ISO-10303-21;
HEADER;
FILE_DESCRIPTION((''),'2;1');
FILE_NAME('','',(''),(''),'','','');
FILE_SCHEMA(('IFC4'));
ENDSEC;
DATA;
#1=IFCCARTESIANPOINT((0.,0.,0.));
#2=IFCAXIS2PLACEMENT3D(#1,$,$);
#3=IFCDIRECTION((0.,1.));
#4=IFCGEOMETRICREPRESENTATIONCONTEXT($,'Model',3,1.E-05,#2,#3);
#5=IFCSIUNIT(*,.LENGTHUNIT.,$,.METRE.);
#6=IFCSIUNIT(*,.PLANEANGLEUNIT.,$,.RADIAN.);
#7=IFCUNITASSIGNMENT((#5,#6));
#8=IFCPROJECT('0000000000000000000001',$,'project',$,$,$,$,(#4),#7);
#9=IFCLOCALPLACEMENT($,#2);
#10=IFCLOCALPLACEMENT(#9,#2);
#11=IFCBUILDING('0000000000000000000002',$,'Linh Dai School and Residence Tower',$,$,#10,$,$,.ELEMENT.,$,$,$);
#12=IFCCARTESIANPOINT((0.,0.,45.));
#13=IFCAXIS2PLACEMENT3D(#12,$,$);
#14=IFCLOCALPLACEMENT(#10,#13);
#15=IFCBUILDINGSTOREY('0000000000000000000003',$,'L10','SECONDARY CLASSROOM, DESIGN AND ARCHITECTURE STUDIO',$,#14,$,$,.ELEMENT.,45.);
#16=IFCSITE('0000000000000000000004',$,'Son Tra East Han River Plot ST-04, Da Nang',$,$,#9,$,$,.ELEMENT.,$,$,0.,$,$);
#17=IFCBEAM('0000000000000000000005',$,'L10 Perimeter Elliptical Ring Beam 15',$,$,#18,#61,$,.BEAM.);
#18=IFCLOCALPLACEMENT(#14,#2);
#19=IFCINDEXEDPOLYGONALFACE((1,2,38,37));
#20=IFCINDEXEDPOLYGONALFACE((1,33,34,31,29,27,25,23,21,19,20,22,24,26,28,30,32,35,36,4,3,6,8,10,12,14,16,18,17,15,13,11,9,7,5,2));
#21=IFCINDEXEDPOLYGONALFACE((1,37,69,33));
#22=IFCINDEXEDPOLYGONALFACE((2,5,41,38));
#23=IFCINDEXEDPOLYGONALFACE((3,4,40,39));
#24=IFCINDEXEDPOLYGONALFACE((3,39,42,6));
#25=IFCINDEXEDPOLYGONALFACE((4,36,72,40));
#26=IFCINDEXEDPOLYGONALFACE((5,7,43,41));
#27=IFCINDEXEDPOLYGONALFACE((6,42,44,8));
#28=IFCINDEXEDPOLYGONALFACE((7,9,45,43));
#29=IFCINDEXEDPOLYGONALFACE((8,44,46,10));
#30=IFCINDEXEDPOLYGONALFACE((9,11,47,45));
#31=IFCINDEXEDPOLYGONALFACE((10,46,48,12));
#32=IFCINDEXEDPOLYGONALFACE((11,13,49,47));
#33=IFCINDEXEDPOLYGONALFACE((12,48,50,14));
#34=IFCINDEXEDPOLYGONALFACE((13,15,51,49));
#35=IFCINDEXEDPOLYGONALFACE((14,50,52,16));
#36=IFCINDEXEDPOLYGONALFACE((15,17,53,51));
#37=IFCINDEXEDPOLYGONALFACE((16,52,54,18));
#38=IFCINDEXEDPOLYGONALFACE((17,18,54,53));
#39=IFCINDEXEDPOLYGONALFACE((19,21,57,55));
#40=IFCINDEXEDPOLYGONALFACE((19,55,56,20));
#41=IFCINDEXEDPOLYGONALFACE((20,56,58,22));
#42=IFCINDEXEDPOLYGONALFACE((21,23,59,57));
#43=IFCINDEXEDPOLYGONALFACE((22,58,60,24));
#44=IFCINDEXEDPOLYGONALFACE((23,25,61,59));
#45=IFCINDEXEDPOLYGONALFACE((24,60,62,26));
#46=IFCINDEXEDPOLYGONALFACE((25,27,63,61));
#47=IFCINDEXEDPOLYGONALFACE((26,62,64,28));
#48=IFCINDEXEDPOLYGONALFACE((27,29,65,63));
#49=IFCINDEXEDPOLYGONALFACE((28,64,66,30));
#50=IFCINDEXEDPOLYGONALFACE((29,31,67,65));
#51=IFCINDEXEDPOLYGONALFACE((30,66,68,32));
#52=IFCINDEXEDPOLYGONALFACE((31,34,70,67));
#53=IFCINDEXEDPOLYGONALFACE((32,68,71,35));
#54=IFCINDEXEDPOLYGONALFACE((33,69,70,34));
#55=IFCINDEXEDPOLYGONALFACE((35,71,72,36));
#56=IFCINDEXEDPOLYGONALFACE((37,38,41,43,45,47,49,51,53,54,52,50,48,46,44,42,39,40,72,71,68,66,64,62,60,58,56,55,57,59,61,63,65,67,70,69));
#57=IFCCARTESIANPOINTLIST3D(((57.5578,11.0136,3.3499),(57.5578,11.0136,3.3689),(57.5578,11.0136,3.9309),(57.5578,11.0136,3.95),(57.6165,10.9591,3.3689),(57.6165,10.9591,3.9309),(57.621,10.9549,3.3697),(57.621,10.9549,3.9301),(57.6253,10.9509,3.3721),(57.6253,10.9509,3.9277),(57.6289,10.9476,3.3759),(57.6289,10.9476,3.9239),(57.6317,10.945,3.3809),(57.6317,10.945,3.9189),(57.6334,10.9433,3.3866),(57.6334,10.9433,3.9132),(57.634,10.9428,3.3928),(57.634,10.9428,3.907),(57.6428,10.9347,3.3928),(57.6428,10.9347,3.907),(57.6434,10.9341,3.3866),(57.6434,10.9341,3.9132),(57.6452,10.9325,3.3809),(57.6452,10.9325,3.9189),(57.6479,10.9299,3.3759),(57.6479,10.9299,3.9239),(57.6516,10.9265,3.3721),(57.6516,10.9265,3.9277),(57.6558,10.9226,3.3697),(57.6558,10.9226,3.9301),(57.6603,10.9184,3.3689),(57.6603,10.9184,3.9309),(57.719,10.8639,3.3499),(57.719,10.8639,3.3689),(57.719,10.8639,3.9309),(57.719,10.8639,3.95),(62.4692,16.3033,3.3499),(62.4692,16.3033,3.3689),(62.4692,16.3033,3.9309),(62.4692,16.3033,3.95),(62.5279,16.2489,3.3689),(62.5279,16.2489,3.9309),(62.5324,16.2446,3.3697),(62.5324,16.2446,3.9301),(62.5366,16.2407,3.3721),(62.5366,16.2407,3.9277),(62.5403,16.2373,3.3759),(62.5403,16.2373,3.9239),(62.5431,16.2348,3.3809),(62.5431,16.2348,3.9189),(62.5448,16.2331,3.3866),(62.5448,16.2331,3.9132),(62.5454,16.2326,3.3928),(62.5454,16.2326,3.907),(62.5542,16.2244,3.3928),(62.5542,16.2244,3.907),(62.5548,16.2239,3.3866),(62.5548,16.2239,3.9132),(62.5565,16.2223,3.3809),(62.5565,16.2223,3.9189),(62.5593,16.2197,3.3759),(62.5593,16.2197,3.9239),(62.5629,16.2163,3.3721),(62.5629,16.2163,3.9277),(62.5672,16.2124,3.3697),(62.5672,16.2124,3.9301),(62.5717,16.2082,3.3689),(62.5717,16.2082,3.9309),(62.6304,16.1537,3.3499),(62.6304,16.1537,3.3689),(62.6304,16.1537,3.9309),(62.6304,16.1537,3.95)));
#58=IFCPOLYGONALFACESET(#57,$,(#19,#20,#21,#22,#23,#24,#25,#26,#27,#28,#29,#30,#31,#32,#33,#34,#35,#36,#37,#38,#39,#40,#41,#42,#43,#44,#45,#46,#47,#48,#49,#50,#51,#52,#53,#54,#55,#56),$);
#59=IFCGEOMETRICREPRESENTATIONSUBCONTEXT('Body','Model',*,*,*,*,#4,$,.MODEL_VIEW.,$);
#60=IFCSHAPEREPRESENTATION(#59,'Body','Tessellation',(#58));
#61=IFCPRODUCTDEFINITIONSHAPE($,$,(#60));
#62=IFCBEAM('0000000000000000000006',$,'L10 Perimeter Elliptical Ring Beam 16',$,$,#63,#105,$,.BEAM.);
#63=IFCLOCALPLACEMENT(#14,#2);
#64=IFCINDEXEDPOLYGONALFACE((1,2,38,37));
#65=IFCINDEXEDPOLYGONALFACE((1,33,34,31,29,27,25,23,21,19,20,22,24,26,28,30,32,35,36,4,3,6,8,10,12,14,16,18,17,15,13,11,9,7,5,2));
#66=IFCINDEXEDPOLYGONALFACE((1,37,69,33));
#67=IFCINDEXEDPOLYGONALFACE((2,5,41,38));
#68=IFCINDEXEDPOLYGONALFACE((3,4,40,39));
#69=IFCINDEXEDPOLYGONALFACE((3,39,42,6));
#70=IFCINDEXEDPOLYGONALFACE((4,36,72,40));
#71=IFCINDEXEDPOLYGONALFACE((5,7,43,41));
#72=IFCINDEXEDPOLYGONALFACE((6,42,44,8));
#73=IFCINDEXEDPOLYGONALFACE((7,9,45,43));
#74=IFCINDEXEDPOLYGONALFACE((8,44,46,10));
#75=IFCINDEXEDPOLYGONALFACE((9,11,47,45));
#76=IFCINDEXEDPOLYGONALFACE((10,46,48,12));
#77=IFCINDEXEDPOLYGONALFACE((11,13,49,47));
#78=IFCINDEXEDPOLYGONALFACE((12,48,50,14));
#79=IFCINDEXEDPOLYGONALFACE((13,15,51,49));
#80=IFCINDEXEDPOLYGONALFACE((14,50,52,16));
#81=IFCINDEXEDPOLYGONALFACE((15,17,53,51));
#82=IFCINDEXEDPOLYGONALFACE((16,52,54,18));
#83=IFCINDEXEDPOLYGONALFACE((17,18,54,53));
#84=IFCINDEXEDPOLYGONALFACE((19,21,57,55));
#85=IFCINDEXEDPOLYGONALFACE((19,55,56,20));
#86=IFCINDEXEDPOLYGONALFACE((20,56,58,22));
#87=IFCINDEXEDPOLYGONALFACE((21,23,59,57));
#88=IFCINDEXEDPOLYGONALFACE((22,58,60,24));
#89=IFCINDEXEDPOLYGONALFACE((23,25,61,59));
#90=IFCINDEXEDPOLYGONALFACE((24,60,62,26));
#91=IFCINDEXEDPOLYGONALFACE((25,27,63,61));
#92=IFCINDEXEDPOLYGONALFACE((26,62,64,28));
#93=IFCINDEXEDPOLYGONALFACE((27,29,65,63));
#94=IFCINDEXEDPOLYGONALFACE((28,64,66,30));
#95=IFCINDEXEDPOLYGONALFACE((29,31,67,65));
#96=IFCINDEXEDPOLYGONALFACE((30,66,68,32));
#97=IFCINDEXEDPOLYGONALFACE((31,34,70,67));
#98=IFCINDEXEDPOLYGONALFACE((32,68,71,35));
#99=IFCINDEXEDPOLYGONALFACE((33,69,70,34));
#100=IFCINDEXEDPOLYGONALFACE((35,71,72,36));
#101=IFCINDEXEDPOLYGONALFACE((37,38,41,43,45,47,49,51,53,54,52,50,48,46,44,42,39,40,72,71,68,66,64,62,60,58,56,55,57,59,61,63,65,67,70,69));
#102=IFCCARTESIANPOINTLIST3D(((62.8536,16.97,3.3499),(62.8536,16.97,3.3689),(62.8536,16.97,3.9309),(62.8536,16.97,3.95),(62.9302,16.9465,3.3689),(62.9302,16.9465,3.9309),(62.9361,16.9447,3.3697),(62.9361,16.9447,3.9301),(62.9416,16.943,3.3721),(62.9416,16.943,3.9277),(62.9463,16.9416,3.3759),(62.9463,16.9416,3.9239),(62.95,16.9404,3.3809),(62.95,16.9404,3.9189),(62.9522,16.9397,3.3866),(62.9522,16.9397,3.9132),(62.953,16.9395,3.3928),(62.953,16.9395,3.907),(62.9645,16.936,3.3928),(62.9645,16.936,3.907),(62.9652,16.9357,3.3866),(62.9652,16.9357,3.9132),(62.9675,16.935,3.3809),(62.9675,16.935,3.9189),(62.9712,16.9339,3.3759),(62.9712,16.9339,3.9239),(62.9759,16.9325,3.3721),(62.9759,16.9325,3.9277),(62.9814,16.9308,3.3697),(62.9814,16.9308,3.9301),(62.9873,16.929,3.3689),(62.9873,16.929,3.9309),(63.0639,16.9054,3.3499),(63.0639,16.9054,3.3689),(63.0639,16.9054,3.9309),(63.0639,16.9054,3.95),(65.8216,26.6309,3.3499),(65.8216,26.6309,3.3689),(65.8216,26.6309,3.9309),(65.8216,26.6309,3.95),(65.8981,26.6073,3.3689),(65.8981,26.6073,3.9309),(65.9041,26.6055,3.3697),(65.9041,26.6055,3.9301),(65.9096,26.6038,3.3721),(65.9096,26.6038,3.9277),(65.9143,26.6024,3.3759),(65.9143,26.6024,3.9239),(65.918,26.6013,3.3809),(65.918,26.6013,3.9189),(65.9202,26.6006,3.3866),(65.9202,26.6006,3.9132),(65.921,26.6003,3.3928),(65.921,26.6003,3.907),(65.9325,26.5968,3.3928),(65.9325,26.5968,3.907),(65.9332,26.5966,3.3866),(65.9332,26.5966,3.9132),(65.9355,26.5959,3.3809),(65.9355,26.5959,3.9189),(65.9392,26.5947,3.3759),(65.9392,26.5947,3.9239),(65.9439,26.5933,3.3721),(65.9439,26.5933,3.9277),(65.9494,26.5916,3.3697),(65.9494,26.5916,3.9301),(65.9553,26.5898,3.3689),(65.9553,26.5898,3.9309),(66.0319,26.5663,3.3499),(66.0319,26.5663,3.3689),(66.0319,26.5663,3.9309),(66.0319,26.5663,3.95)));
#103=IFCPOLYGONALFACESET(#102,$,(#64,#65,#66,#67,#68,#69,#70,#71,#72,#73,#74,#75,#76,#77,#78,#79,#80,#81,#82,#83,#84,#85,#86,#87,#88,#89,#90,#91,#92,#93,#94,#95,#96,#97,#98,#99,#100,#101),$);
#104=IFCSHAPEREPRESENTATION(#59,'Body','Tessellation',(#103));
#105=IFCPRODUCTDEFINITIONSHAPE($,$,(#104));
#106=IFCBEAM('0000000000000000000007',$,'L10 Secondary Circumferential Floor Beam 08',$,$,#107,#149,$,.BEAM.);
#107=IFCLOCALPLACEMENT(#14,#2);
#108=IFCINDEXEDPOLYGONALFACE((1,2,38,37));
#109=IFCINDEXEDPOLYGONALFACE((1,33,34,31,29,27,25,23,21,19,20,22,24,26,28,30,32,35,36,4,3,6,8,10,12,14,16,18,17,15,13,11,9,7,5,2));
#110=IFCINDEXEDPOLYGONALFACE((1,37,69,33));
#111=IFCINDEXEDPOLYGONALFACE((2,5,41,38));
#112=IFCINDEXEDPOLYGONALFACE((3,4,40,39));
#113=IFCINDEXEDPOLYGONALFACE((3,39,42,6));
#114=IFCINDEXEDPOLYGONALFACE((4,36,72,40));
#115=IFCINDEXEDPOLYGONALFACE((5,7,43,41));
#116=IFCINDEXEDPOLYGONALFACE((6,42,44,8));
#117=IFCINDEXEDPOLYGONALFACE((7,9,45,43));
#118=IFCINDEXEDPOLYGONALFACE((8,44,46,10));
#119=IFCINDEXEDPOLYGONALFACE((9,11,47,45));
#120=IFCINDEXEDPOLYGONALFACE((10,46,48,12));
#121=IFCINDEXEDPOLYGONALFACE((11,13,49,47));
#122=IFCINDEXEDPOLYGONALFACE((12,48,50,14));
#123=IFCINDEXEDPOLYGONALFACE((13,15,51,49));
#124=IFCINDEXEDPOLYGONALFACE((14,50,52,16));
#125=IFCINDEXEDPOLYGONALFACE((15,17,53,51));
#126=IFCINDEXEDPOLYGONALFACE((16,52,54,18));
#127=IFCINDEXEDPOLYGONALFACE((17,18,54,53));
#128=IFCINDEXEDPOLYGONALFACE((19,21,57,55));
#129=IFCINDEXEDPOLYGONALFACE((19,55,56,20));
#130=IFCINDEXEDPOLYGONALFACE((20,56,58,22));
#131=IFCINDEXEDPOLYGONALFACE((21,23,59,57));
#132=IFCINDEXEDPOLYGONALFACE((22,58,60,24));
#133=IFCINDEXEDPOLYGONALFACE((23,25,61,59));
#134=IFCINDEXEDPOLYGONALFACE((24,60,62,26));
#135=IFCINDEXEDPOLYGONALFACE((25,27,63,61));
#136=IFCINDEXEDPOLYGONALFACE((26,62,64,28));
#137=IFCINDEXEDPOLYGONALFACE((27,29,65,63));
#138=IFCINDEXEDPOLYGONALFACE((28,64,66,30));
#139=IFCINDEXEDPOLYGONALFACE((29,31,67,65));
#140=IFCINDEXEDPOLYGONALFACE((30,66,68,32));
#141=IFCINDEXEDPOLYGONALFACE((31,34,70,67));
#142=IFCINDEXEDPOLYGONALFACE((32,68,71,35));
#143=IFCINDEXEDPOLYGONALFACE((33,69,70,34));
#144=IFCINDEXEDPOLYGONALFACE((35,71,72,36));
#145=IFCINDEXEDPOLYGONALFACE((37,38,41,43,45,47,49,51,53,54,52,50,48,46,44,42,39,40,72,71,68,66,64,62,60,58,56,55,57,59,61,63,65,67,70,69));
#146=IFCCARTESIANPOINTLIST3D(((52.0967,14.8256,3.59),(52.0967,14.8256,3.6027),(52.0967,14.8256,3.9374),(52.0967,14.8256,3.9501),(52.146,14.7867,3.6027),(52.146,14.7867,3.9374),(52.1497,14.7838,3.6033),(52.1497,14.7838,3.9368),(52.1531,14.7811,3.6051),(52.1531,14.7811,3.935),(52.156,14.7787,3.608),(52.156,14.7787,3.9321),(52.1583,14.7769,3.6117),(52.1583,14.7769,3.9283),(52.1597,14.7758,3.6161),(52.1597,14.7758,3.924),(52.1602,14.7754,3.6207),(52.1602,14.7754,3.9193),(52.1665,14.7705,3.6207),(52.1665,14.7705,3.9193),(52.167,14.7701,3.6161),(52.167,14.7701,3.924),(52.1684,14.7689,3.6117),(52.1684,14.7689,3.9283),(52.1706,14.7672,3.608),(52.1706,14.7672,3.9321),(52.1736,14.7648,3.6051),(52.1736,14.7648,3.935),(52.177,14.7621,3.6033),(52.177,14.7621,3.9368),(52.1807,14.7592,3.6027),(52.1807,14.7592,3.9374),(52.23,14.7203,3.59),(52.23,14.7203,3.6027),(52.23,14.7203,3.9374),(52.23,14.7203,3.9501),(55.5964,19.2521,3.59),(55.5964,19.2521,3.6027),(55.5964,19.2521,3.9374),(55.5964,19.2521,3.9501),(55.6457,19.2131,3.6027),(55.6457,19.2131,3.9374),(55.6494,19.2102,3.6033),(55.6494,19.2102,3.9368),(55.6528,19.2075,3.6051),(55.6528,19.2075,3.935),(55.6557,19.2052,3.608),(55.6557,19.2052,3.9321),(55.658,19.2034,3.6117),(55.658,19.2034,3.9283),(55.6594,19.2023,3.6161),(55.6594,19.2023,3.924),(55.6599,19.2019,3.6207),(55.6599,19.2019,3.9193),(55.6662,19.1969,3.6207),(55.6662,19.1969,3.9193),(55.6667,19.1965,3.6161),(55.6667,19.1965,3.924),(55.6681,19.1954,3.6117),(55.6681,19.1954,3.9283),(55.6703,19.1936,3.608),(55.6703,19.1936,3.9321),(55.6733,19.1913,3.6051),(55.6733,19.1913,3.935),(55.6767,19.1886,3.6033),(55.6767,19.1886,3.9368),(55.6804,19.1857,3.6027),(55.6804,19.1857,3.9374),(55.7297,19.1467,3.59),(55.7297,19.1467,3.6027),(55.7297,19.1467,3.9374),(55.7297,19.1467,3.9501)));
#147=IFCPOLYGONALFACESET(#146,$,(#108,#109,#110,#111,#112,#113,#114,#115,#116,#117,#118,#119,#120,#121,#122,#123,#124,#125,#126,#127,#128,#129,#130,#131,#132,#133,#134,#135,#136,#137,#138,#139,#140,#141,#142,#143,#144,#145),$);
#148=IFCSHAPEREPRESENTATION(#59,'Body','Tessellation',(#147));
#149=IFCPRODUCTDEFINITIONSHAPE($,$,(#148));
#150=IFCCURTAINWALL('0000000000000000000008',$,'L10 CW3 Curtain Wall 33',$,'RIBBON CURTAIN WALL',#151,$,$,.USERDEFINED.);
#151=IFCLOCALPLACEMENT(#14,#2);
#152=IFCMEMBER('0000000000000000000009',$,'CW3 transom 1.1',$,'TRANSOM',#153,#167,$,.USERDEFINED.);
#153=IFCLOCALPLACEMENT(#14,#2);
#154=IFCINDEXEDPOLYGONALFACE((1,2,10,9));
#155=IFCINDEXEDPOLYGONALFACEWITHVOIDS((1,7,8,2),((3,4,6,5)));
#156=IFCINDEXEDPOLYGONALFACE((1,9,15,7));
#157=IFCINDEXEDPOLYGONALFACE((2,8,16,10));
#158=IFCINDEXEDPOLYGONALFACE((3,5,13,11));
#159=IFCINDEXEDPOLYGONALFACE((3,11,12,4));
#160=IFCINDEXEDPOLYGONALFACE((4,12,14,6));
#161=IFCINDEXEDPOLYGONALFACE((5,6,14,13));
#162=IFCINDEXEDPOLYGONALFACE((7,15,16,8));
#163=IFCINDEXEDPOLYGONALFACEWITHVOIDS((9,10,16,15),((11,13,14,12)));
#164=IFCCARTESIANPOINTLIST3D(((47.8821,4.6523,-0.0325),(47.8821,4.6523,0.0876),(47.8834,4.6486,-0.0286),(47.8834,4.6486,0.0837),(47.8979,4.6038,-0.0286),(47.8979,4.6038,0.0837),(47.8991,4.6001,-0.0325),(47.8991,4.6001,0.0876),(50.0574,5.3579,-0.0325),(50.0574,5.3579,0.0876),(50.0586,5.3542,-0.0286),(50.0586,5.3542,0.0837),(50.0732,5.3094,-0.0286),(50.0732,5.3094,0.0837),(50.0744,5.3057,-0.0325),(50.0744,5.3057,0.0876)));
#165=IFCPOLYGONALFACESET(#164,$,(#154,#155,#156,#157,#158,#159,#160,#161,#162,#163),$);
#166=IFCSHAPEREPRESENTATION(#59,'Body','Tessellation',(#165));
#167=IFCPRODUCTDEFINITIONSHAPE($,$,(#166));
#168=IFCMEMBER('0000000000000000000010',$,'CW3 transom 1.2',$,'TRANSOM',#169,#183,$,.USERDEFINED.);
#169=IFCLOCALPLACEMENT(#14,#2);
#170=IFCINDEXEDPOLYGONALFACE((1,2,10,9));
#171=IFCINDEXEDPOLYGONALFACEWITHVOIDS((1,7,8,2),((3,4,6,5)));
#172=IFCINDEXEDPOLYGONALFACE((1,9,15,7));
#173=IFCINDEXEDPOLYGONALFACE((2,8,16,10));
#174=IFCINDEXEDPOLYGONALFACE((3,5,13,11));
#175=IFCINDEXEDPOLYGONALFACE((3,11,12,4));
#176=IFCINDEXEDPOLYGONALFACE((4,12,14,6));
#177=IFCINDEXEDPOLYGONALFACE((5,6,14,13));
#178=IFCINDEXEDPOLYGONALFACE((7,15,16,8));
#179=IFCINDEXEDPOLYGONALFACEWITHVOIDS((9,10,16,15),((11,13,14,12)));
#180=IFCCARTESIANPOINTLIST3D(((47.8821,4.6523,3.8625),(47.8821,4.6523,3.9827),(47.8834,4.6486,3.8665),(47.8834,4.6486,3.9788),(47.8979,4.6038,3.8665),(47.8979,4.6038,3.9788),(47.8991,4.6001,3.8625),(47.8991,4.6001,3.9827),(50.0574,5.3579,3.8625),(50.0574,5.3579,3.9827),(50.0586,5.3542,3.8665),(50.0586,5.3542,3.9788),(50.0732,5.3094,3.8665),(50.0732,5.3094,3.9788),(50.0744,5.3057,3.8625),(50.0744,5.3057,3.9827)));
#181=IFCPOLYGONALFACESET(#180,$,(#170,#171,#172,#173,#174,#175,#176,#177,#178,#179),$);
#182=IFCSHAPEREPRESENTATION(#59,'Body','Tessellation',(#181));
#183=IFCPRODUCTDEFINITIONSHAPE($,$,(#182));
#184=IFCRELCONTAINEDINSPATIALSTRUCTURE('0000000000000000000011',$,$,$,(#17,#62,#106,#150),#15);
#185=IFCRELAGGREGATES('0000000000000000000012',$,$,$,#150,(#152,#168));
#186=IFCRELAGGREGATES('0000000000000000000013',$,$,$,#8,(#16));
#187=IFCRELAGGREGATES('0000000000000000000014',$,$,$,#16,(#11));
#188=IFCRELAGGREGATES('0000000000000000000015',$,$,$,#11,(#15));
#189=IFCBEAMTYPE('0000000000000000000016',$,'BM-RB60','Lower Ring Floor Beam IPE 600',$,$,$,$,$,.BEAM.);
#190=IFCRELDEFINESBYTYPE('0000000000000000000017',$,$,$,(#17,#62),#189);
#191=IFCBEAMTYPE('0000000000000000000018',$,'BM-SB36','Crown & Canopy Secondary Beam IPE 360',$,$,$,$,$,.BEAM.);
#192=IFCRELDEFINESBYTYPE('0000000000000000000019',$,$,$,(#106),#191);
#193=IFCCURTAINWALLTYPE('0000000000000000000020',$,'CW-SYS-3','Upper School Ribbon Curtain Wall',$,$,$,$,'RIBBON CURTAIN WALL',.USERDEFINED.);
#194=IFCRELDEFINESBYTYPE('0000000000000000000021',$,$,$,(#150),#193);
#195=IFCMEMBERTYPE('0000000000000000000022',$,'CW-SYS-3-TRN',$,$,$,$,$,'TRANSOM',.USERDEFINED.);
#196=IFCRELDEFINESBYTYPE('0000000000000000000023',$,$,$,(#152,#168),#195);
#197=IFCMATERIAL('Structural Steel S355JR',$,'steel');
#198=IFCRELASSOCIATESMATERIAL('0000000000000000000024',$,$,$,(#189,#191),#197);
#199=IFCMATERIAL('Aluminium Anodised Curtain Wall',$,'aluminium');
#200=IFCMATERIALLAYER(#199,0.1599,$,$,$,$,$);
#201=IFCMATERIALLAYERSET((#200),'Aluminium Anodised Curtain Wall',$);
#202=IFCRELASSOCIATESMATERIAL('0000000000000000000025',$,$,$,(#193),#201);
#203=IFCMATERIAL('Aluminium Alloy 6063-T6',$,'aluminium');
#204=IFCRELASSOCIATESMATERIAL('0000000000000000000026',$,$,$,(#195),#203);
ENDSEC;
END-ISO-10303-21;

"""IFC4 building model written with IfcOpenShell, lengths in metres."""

from ifc_helpers import new_model, si_unit, direction, frame, origin, origin_2d, place, context, subcontext, project, spatial, hollow_rectangle, i_section, extrude, source, transform, mapped, material, layer, layer_set, material_profile, profile_set, type_object, element, aggregate, save


model = new_model("IFC4")

# Units and contexts
model_context = context("Model", 3, precision=1e-05, world=origin(), true_north=direction((0.0, 1.0)))
body_context = subcontext(model_context, "Body", "Model", "MODEL_VIEW")
ifc_project = project(units=[si_unit("LENGTHUNIT", "METRE"), si_unit("PLANEANGLEUNIT", "RADIAN")], contexts=[model_context])

# Site, building, storey
site_placement = place(None, origin())
site = spatial("IfcSite", under=ifc_project, at=site_placement, Name="Son Tra East Han River Plot ST-04, Da Nang", CompositionType="ELEMENT", RefElevation=0.0)
building_placement = place(site_placement, origin())
building = spatial("IfcBuilding", under=site, at=building_placement, Name="Linh Dai School and Residence Tower", CompositionType="ELEMENT")
storey_placement = place(building_placement, frame((0.0, 0.0, 45.0)))
storey = spatial("IfcBuildingStorey", under=building, at=storey_placement, Name="L10", Description="SECONDARY CLASSROOM, DESIGN AND ARCHITECTURE STUDIO", CompositionType="ELEMENT", Elevation=45.0)

# Shared definitions
ifc_material_1 = material(Name="Structural Steel S355JR", Category="steel")

# Beams
ifc_material_profile_1 = material_profile(ifc_material_1, i_section(OverallWidth=0.22, OverallDepth=0.6001, WebThickness=0.012, FlangeThickness=0.019, FilletRadius=0.0239, at=origin_2d()), Name="IPE 600")
ifc_profile_set_1 = profile_set([ifc_material_profile_1], Name="Structural Steel S355JR")
beam_type_1 = type_object("IfcBeamType", Name="BM-RB60", Description="Lower Ring Floor Beam IPE 600", PredefinedType="BEAM", material=ifc_profile_set_1)
beam_1_placement = place(storey_placement, frame((57.6384, 10.9387, 3.6499), z_axis=(0.680408, 0.732833, 0.0), x_axis=(-0.732833, 0.680408, 0.0)))
element("IfcBeam", 1, at=beam_1_placement, inside=storey, type_object=beam_type_1, Name="L10 Perimeter Elliptical Ring Beam 15", PredefinedType="BEAM", context=body_context, shape_type="SweptSolid", body=[
    extrude(i_section(OverallWidth=0.22, OverallDepth=0.6001, WebThickness=0.012, FlangeThickness=0.019, FilletRadius=0.0239, at=origin_2d()), origin(), (0.0, 0.0, 1.0), 7.2183),
])
beam_2_placement = place(storey_placement, frame((62.9587, 16.9377, 3.6499), z_axis=(0.293673, 0.955906, 0.0), x_axis=(-0.955906, 0.293673, 0.0)))
element("IfcBeam", 2, at=beam_2_placement, inside=storey, type_object=beam_type_1, Name="L10 Perimeter Elliptical Ring Beam 16", PredefinedType="BEAM", context=body_context, shape_type="SweptSolid", body=[
    extrude(i_section(OverallWidth=0.22, OverallDepth=0.6001, WebThickness=0.012, FlangeThickness=0.019, FilletRadius=0.0239, at=origin_2d()), origin(), (0.0, 0.0, 1.0), 10.1064),
])
ifc_material_profile_2 = material_profile(ifc_material_1, i_section(OverallWidth=0.1699, OverallDepth=0.3601, WebThickness=0.0081, FlangeThickness=0.0127, FilletRadius=0.0181, at=origin_2d()), Name="IPE 360")
ifc_profile_set_2 = profile_set([ifc_material_profile_2], Name="Structural Steel S355JR")
beam_type_2 = type_object("IfcBeamType", Name="BM-SB36", Description="Crown & Canopy Secondary Beam IPE 360", PredefinedType="BEAM", material=ifc_profile_set_2)
beam_3_placement = place(storey_placement, frame((52.1633, 14.7729, 3.77), z_axis=(0.620205, 0.78444, 0.0), x_axis=(-0.78444, 0.620205, 0.0)))
element("IfcBeam", 3, at=beam_3_placement, inside=storey, type_object=beam_type_2, Name="L10 Secondary Circumferential Floor Beam 08", PredefinedType="BEAM", context=body_context, shape_type="SweptSolid", body=[
    extrude(i_section(OverallWidth=0.1699, OverallDepth=0.3601, WebThickness=0.0081, FlangeThickness=0.0127, FilletRadius=0.0181, at=origin_2d()), origin(), (0.0, 0.0, 1.0), 5.6428),
])

# Curtain wall, members
ifc_material_2 = material(Name="Aluminium Anodised Curtain Wall", Category="aluminium")
ifc_layer_1 = layer(ifc_material_2, 0.1599)
ifc_layer_set_1 = layer_set([ifc_layer_1], Name="Aluminium Anodised Curtain Wall")
curtain_wall_type = type_object("IfcCurtainWallType", Name="CW-SYS-3", Description="Upper School Ribbon Curtain Wall", ElementType="RIBBON CURTAIN WALL", PredefinedType="USERDEFINED", material=ifc_layer_set_1)
curtain_wall_placement = place(storey_placement, origin())
curtain_wall = element("IfcCurtainWall", 4, at=curtain_wall_placement, inside=storey, type_object=curtain_wall_type, Name="L10 CW3 Curtain Wall 33", ObjectType="RIBBON CURTAIN WALL", PredefinedType="USERDEFINED")
ifc_material_3 = material(Name="Aluminium Alloy 6063-T6", Category="aluminium")
ifc_material_profile_3 = material_profile(ifc_material_3, hollow_rectangle(XDim=0.0549, YDim=0.1201, WallThickness=0.0039, at=origin_2d()), Name="RHS 120x55x4")
ifc_profile_set_3 = profile_set([ifc_material_profile_3], Name="Aluminium Alloy 6063-T6")
member_type_1 = type_object("IfcMemberType", Name="CW-SYS-3-TRN", ElementType="TRANSOM", PredefinedType="USERDEFINED", material=ifc_profile_set_3)
shared_shape_1 = source(origin(), body_context, "Body", "SweptSolid", [
    extrude(hollow_rectangle(XDim=0.0549, YDim=0.1201, WallThickness=0.0039, at=origin_2d()), origin(), (0.0, 0.0, 1.0), 2.2869),
])
member_1_placement = place(storey_placement, frame((50.0659, 5.3318, 0.0276), z_axis=(-0.951214, -0.308531, 0.0), x_axis=(0.308531, -0.951214, 0.0)))
member_1 = element("IfcMember", 5, at=member_1_placement, type_object=member_type_1, Name="CW3 transom 1.1", ObjectType="TRANSOM", PredefinedType="USERDEFINED", context=body_context, shape_type="MappedRepresentation", body=[
    mapped(shared_shape_1, transform((0.0, 0.0, 0.0), x_axis=(1.0, 0.0, 0.0), y_axis=(0.0, 1.0, 0.0), z_axis=(0.0, 0.0, 1.0), scale=1.0)),
])
member_2_placement = place(storey_placement, frame((50.0659, 5.3318, 3.9226), z_axis=(-0.951214, -0.308531, 0.0), x_axis=(0.308531, -0.951214, 0.0)))
member_2 = element("IfcMember", 6, at=member_2_placement, type_object=member_type_1, Name="CW3 transom 1.2", ObjectType="TRANSOM", PredefinedType="USERDEFINED", context=body_context, shape_type="MappedRepresentation", body=[
    mapped(shared_shape_1, transform((0.0, 0.0, 0.0), x_axis=(1.0, 0.0, 0.0), y_axis=(0.0, 1.0, 0.0), z_axis=(0.0, 0.0, 1.0), scale=1.0)),
])

aggregate(curtain_wall, [member_1, member_2])

save(model, "model.ifc")
